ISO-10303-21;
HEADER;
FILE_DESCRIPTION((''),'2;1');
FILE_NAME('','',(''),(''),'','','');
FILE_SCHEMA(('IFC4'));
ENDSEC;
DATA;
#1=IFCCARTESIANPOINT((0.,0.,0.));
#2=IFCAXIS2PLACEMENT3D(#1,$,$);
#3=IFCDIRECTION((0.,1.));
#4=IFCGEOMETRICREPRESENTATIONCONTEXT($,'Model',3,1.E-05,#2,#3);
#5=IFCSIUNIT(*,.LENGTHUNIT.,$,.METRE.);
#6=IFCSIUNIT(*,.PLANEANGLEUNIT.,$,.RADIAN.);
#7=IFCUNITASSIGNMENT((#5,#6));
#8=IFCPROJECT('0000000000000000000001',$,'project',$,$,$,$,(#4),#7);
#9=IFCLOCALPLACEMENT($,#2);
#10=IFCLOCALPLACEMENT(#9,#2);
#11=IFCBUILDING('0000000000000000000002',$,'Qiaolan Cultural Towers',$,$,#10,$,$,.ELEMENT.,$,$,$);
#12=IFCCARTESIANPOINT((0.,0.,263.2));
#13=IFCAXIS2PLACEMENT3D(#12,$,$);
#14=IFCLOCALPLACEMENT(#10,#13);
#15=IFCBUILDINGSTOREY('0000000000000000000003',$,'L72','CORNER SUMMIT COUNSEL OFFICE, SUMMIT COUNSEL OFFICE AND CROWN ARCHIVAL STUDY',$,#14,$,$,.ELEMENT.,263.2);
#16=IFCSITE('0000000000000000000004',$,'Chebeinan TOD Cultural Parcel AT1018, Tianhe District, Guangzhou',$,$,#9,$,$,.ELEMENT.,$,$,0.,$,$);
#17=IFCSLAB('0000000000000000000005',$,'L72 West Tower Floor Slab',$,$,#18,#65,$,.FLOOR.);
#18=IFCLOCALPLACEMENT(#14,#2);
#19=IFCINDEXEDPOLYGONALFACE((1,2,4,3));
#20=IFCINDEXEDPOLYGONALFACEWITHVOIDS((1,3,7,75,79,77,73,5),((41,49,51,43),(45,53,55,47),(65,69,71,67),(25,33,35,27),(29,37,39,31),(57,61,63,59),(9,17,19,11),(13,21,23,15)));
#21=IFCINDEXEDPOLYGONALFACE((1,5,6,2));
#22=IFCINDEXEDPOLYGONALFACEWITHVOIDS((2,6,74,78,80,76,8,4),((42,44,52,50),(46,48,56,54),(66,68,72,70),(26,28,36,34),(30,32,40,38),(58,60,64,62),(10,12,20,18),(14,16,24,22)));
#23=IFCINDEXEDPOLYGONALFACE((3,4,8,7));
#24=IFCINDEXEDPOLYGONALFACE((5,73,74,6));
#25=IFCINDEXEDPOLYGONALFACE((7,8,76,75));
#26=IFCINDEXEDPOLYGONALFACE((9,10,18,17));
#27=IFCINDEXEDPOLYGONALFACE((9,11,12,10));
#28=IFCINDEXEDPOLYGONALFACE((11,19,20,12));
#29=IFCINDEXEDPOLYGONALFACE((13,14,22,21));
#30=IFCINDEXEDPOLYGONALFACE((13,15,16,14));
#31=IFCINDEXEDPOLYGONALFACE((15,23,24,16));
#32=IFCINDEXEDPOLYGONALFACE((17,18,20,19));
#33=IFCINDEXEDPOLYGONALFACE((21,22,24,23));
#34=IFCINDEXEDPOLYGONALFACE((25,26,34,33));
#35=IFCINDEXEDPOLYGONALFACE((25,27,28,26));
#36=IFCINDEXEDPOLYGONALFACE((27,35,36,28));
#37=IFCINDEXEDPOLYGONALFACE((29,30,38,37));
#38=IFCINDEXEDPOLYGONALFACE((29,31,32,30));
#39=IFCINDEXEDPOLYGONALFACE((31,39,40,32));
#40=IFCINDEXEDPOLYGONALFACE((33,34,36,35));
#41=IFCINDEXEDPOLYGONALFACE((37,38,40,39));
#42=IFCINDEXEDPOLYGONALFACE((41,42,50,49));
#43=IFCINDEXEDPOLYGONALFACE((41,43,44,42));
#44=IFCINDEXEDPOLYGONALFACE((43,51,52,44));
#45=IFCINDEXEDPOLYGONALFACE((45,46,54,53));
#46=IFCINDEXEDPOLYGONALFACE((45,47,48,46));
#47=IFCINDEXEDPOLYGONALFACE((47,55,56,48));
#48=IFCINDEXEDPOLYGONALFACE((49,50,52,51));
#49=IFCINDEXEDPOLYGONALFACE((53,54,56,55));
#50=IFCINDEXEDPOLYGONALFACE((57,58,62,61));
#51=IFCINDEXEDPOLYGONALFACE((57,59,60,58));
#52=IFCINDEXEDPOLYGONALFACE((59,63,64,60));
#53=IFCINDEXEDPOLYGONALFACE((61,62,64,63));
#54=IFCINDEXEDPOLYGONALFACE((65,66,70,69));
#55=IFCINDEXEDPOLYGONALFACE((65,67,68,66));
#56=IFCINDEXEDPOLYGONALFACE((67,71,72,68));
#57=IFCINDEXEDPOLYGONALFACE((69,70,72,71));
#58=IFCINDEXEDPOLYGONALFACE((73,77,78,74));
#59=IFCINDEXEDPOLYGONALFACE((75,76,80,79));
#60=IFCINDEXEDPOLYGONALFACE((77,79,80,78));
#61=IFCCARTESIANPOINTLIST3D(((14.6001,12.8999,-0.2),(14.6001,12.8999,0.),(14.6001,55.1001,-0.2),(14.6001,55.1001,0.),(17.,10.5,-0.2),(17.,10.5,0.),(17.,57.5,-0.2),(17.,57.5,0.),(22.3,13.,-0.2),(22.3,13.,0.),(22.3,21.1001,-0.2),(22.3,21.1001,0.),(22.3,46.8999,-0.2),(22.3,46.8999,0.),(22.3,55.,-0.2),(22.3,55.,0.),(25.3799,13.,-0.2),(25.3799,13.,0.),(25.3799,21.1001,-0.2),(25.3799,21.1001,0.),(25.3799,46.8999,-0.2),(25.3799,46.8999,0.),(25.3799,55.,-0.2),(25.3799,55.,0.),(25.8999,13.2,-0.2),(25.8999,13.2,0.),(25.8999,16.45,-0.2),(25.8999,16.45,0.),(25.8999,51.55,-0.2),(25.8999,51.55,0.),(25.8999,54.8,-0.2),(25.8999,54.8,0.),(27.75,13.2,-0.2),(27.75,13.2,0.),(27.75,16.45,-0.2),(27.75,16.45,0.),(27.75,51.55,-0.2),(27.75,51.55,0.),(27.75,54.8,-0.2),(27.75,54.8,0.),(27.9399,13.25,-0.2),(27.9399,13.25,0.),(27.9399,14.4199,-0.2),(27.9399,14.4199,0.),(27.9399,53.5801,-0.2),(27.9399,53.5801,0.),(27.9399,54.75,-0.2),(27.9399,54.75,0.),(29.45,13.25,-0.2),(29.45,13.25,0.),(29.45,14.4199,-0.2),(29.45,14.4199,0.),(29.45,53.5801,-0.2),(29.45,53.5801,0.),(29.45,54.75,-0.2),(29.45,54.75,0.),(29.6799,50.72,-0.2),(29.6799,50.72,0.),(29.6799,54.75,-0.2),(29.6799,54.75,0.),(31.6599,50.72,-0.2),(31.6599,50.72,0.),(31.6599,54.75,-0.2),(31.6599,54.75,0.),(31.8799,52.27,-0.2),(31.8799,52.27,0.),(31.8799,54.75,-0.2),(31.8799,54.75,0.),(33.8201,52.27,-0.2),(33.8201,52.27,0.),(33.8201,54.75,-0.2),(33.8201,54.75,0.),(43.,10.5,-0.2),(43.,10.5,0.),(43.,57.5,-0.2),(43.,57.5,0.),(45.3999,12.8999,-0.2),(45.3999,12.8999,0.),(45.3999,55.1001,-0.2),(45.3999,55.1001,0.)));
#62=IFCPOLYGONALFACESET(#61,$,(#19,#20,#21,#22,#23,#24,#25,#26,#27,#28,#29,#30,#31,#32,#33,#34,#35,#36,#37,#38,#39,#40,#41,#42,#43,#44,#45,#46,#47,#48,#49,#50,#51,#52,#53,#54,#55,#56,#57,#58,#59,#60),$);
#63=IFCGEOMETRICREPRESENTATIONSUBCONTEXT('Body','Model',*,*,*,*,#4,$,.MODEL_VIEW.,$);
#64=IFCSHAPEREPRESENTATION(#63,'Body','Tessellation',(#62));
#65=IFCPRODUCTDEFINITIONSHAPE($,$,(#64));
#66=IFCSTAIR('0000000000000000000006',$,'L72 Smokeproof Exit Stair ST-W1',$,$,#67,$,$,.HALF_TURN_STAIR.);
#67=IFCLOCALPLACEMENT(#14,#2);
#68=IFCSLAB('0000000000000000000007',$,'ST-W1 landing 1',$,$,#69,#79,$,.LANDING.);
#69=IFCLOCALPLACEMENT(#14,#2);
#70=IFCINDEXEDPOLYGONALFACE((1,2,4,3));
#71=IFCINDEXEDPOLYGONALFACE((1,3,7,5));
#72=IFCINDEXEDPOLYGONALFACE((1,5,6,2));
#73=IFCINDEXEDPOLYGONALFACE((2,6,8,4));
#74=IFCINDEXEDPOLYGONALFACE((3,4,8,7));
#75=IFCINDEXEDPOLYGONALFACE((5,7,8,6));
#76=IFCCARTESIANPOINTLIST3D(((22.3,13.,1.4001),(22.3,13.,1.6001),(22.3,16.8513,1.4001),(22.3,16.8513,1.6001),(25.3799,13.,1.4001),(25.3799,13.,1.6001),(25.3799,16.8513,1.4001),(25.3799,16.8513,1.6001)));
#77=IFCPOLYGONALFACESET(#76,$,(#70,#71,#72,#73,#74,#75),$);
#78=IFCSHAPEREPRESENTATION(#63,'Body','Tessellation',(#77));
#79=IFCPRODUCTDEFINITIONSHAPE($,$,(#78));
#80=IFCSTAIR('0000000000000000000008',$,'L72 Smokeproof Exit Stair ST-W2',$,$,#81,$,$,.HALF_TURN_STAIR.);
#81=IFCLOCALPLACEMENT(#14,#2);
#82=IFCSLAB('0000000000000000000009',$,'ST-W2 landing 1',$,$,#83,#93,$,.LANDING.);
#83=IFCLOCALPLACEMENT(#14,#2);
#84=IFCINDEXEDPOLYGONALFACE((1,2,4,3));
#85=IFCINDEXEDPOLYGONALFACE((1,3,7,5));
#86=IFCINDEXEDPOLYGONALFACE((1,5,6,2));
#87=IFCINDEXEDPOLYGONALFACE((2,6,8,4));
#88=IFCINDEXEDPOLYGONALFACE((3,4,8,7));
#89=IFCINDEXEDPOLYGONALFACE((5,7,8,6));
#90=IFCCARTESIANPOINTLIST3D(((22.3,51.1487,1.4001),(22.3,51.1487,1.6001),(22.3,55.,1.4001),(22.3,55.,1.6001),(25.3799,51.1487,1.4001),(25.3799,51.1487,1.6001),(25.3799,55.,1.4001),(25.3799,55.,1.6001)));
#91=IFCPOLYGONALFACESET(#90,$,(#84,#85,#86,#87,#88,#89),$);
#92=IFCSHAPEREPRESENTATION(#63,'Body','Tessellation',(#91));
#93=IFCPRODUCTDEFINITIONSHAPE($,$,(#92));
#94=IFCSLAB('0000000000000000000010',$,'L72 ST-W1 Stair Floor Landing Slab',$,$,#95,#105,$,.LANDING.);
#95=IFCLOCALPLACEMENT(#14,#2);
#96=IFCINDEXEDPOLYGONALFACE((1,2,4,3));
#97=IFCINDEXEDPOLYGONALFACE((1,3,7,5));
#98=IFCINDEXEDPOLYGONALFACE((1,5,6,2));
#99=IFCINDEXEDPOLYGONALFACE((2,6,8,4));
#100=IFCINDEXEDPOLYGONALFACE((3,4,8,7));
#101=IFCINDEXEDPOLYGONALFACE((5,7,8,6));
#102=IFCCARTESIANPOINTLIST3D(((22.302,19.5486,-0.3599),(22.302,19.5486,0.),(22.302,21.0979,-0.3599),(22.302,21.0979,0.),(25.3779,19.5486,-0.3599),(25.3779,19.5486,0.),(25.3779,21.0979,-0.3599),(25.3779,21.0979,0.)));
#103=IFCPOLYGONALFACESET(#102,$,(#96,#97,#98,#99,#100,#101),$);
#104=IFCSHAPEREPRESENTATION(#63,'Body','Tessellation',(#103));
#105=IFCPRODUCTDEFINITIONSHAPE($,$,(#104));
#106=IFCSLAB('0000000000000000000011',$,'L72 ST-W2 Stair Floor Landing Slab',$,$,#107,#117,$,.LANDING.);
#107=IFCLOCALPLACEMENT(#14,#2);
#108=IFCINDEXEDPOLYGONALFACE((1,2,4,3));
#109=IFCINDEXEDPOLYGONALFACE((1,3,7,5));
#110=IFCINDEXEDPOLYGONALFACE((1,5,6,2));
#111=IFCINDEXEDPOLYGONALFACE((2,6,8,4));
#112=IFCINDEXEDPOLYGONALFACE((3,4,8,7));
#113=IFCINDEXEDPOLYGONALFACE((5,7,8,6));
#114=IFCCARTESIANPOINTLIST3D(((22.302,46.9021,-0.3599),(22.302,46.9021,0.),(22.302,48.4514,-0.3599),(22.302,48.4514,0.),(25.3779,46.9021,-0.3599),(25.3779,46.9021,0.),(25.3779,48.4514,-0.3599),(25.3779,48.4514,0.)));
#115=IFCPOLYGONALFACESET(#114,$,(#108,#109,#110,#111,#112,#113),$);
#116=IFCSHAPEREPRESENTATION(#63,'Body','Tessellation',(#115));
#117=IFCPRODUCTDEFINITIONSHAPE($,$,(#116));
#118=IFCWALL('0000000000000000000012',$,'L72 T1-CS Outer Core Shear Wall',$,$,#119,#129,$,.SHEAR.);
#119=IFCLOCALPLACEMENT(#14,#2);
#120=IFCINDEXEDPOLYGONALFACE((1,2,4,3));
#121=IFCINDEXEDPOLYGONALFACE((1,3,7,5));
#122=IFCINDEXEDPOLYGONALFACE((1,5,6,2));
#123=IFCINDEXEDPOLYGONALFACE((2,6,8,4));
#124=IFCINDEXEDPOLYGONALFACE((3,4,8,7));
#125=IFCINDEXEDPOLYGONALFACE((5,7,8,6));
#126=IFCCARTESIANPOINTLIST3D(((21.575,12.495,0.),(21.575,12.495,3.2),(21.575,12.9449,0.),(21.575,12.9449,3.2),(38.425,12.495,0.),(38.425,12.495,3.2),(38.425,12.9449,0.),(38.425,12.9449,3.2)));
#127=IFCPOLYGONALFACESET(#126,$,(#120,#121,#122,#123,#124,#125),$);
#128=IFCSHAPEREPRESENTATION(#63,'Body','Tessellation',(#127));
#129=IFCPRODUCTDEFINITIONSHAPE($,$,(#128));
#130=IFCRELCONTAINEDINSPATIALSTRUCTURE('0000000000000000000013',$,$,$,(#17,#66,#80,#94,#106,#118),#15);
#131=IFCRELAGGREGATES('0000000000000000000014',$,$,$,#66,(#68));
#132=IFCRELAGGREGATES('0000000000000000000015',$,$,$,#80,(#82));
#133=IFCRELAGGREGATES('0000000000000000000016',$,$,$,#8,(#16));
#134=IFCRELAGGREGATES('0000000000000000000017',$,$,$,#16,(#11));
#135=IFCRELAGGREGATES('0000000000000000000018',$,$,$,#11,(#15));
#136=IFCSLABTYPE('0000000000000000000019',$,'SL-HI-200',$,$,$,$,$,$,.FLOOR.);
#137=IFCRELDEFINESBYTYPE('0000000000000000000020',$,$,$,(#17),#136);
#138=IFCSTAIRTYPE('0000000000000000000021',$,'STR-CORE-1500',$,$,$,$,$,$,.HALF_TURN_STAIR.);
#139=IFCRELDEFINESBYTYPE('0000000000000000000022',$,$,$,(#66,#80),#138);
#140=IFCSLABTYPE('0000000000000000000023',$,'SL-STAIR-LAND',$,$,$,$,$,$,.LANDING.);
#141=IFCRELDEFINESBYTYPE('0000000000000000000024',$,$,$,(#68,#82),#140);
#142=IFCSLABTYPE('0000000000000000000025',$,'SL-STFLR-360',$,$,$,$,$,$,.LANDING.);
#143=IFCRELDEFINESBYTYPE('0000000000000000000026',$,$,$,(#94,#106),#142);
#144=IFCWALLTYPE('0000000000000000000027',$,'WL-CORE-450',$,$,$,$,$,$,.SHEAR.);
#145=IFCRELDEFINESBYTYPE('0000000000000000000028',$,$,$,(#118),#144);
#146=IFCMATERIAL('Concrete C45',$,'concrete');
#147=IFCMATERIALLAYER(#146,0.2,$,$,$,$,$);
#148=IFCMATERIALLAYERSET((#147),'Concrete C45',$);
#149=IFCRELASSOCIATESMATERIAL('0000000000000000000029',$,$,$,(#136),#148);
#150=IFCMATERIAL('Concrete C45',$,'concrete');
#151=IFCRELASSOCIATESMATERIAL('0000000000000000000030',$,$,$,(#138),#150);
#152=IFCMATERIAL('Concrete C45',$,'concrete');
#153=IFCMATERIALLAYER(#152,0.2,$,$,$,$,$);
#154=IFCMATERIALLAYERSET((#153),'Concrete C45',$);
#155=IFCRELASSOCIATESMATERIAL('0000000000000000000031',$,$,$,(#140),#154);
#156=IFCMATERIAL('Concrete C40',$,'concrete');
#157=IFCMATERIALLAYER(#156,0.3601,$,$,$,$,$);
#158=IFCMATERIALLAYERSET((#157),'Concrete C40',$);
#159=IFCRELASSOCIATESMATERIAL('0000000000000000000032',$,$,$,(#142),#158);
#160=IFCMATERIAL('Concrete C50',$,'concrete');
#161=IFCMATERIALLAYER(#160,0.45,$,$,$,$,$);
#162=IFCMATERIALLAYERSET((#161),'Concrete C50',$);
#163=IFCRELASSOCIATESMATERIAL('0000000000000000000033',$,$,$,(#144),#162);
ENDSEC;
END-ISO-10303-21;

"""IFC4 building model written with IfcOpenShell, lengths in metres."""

from ifc_helpers import new_model, si_unit, direction, frame, frame_2d, origin, place, context, subcontext, project, spatial, polyline, rectangle, outline, extrude, material, layer, layer_set, type_object, element, aggregate, save


model = new_model("IFC4")

# Units and contexts
model_context = context("Model", 3, precision=1e-05, world=origin(), true_north=direction((0.0, 1.0)))
body_context = subcontext(model_context, "Body", "Model", "MODEL_VIEW")
ifc_project = project(units=[si_unit("LENGTHUNIT", "METRE"), si_unit("PLANEANGLEUNIT", "RADIAN")], contexts=[model_context])

# Site, building, storey
site_placement = place(None, origin())
site = spatial("IfcSite", under=ifc_project, at=site_placement, Name="Chebeinan TOD Cultural Parcel AT1018, Tianhe District, Guangzhou", CompositionType="ELEMENT", RefElevation=0.0)
building_placement = place(site_placement, origin())
building = spatial("IfcBuilding", under=site, at=building_placement, Name="Qiaolan Cultural Towers", CompositionType="ELEMENT")
storey_placement = place(building_placement, frame((0.0, 0.0, 263.2)))
storey = spatial("IfcBuildingStorey", under=building, at=storey_placement, Name="L72", Description="CORNER SUMMIT COUNSEL OFFICE, SUMMIT COUNSEL OFFICE AND CROWN ARCHIVAL STUDY", CompositionType="ELEMENT", Elevation=263.2)

# Slab
ifc_material_1 = material(Name="Concrete C45", Category="concrete")
ifc_layer_1 = layer(ifc_material_1, 0.2)
ifc_layer_set_1 = layer_set([ifc_layer_1], Name="Concrete C45")
slab_type_1 = type_object("IfcSlabType", Name="SL-HI-200", PredefinedType="FLOOR", material=ifc_layer_set_1)
slab_1_placement = place(storey_placement, frame((0.0, 0.0, -0.2)))
element("IfcSlab", 1, at=slab_1_placement, inside=storey, type_object=slab_type_1, Name="L72 West Tower Floor Slab", PredefinedType="FLOOR", context=body_context, shape_type="SweptSolid", body=[
    extrude(outline(polyline([(17.0, 10.5), (43.0, 10.5), (45.3999, 12.8999), (45.3999, 55.1001), (43.0, 57.5), (17.0, 57.5), (14.6001, 55.1001), (14.6001, 12.8999), (17.0, 10.5)]), holes=[polyline([(22.3, 21.1001), (22.3, 13.0), (25.3799, 13.0), (25.3799, 21.1001), (22.3, 21.1001)]), polyline([(25.3799, 46.8999), (25.3799, 55.0), (22.3, 55.0), (22.3, 46.8999), (25.3799, 46.8999)]), polyline([(25.8999, 13.2), (27.75, 13.2), (27.75, 16.45), (25.8999, 16.45), (25.8999, 13.2)]), polyline([(27.9399, 13.25), (29.45, 13.25), (29.45, 14.4199), (27.9399, 14.4199), (27.9399, 13.25)]), polyline([(25.8999, 51.55), (27.75, 51.55), (27.75, 54.8), (25.8999, 54.8), (25.8999, 51.55)]), polyline([(27.9399, 53.5801), (29.45, 53.5801), (29.45, 54.75), (27.9399, 54.75), (27.9399, 53.5801)]), polyline([(31.8799, 52.27), (33.8201, 52.27), (33.8201, 54.75), (31.8799, 54.75), (31.8799, 52.27)]), polyline([(29.6799, 50.72), (31.6599, 50.72), (31.6599, 54.75), (29.6799, 54.75), (29.6799, 50.72)])]), origin(), (0.0, 0.0, 1.0), 0.2),
])

# Stairs, slabs
ifc_material_2 = material(Name="Concrete C45", Category="concrete")
stair_type = type_object("IfcStairType", Name="STR-CORE-1500", PredefinedType="HALF_TURN_STAIR", material=ifc_material_2)
stair_1_placement = place(storey_placement, origin())
stair_1 = element("IfcStair", 2, at=stair_1_placement, inside=storey, type_object=stair_type, Name="L72 Smokeproof Exit Stair ST-W1", PredefinedType="HALF_TURN_STAIR")
ifc_material_3 = material(Name="Concrete C45", Category="concrete")
ifc_layer_2 = layer(ifc_material_3, 0.2)
ifc_layer_set_2 = layer_set([ifc_layer_2], Name="Concrete C45")
slab_type_2 = type_object("IfcSlabType", Name="SL-STAIR-LAND", PredefinedType="LANDING", material=ifc_layer_set_2)
slab_2_placement = place(storey_placement, frame((0.0, 0.0, 1.4001)))
slab_2 = element("IfcSlab", 3, at=slab_2_placement, type_object=slab_type_2, Name="ST-W1 landing 1", PredefinedType="LANDING", context=body_context, shape_type="SweptSolid", body=[
    extrude(outline(polyline([(22.3, 16.8513), (22.3, 13.0), (25.3799, 13.0), (25.3799, 16.8513), (22.3, 16.8513)])), origin(), (0.0, 0.0, 1.0), 0.2),
])
aggregate(stair_1, [slab_2])
stair_2_placement = place(storey_placement, origin())
stair_2 = element("IfcStair", 4, at=stair_2_placement, inside=storey, type_object=stair_type, Name="L72 Smokeproof Exit Stair ST-W2", PredefinedType="HALF_TURN_STAIR")
slab_3_placement = place(storey_placement, frame((0.0, 0.0, 1.4001)))
slab_3 = element("IfcSlab", 5, at=slab_3_placement, type_object=slab_type_2, Name="ST-W2 landing 1", PredefinedType="LANDING", context=body_context, shape_type="SweptSolid", body=[
    extrude(outline(polyline([(25.3799, 51.1487), (25.3799, 55.0), (22.3, 55.0), (22.3, 51.1487), (25.3799, 51.1487)])), origin(), (0.0, 0.0, 1.0), 0.2),
])
aggregate(stair_2, [slab_3])

# Slabs
ifc_material_4 = material(Name="Concrete C40", Category="concrete")
ifc_layer_3 = layer(ifc_material_4, 0.3601)
ifc_layer_set_3 = layer_set([ifc_layer_3], Name="Concrete C40")
slab_type_3 = type_object("IfcSlabType", Name="SL-STFLR-360", PredefinedType="LANDING", material=ifc_layer_set_3)
slab_4_placement = place(storey_placement, frame((0.0, 0.0, -0.3599)))
element("IfcSlab", 6, at=slab_4_placement, inside=storey, type_object=slab_type_3, Name="L72 ST-W1 Stair Floor Landing Slab", PredefinedType="LANDING", context=body_context, shape_type="SweptSolid", body=[
    extrude(outline(polyline([(22.302, 21.0979), (22.302, 19.5486), (25.3779, 19.5486), (25.3779, 21.0979), (22.302, 21.0979)])), origin(), (0.0, 0.0, 1.0), 0.3599),
])
slab_5_placement = place(storey_placement, frame((0.0, 0.0, -0.3599)))
element("IfcSlab", 7, at=slab_5_placement, inside=storey, type_object=slab_type_3, Name="L72 ST-W2 Stair Floor Landing Slab", PredefinedType="LANDING", context=body_context, shape_type="SweptSolid", body=[
    extrude(outline(polyline([(25.3779, 46.9021), (25.3779, 48.4514), (22.302, 48.4514), (22.302, 46.9021), (25.3779, 46.9021)])), origin(), (0.0, 0.0, 1.0), 0.3599),
])

# Wall
ifc_material_5 = material(Name="Concrete C50", Category="concrete")
ifc_layer_4 = layer(ifc_material_5, 0.45)
ifc_layer_set_4 = layer_set([ifc_layer_4], Name="Concrete C50")
wall_type_1 = type_object("IfcWallType", Name="WL-CORE-450", PredefinedType="SHEAR", material=ifc_layer_set_4)
wall_1_placement = place(storey_placement, frame((21.575, 12.72, 0.0), z_axis=(0.0, 0.0, 1.0), x_axis=(1.0, 0.0, 0.0)))
element("IfcWall", 8, at=wall_1_placement, inside=storey, type_object=wall_type_1, Name="L72 T1-CS Outer Core Shear Wall", PredefinedType="SHEAR", context=body_context, shape_type="SweptSolid", body=[
    extrude(rectangle(XDim=16.8501, YDim=0.45, at=frame_2d((8.425, 0.0))), origin(), (0.0, 0.0, 1.0), 3.2),
])

save(model, "model.ifc")
